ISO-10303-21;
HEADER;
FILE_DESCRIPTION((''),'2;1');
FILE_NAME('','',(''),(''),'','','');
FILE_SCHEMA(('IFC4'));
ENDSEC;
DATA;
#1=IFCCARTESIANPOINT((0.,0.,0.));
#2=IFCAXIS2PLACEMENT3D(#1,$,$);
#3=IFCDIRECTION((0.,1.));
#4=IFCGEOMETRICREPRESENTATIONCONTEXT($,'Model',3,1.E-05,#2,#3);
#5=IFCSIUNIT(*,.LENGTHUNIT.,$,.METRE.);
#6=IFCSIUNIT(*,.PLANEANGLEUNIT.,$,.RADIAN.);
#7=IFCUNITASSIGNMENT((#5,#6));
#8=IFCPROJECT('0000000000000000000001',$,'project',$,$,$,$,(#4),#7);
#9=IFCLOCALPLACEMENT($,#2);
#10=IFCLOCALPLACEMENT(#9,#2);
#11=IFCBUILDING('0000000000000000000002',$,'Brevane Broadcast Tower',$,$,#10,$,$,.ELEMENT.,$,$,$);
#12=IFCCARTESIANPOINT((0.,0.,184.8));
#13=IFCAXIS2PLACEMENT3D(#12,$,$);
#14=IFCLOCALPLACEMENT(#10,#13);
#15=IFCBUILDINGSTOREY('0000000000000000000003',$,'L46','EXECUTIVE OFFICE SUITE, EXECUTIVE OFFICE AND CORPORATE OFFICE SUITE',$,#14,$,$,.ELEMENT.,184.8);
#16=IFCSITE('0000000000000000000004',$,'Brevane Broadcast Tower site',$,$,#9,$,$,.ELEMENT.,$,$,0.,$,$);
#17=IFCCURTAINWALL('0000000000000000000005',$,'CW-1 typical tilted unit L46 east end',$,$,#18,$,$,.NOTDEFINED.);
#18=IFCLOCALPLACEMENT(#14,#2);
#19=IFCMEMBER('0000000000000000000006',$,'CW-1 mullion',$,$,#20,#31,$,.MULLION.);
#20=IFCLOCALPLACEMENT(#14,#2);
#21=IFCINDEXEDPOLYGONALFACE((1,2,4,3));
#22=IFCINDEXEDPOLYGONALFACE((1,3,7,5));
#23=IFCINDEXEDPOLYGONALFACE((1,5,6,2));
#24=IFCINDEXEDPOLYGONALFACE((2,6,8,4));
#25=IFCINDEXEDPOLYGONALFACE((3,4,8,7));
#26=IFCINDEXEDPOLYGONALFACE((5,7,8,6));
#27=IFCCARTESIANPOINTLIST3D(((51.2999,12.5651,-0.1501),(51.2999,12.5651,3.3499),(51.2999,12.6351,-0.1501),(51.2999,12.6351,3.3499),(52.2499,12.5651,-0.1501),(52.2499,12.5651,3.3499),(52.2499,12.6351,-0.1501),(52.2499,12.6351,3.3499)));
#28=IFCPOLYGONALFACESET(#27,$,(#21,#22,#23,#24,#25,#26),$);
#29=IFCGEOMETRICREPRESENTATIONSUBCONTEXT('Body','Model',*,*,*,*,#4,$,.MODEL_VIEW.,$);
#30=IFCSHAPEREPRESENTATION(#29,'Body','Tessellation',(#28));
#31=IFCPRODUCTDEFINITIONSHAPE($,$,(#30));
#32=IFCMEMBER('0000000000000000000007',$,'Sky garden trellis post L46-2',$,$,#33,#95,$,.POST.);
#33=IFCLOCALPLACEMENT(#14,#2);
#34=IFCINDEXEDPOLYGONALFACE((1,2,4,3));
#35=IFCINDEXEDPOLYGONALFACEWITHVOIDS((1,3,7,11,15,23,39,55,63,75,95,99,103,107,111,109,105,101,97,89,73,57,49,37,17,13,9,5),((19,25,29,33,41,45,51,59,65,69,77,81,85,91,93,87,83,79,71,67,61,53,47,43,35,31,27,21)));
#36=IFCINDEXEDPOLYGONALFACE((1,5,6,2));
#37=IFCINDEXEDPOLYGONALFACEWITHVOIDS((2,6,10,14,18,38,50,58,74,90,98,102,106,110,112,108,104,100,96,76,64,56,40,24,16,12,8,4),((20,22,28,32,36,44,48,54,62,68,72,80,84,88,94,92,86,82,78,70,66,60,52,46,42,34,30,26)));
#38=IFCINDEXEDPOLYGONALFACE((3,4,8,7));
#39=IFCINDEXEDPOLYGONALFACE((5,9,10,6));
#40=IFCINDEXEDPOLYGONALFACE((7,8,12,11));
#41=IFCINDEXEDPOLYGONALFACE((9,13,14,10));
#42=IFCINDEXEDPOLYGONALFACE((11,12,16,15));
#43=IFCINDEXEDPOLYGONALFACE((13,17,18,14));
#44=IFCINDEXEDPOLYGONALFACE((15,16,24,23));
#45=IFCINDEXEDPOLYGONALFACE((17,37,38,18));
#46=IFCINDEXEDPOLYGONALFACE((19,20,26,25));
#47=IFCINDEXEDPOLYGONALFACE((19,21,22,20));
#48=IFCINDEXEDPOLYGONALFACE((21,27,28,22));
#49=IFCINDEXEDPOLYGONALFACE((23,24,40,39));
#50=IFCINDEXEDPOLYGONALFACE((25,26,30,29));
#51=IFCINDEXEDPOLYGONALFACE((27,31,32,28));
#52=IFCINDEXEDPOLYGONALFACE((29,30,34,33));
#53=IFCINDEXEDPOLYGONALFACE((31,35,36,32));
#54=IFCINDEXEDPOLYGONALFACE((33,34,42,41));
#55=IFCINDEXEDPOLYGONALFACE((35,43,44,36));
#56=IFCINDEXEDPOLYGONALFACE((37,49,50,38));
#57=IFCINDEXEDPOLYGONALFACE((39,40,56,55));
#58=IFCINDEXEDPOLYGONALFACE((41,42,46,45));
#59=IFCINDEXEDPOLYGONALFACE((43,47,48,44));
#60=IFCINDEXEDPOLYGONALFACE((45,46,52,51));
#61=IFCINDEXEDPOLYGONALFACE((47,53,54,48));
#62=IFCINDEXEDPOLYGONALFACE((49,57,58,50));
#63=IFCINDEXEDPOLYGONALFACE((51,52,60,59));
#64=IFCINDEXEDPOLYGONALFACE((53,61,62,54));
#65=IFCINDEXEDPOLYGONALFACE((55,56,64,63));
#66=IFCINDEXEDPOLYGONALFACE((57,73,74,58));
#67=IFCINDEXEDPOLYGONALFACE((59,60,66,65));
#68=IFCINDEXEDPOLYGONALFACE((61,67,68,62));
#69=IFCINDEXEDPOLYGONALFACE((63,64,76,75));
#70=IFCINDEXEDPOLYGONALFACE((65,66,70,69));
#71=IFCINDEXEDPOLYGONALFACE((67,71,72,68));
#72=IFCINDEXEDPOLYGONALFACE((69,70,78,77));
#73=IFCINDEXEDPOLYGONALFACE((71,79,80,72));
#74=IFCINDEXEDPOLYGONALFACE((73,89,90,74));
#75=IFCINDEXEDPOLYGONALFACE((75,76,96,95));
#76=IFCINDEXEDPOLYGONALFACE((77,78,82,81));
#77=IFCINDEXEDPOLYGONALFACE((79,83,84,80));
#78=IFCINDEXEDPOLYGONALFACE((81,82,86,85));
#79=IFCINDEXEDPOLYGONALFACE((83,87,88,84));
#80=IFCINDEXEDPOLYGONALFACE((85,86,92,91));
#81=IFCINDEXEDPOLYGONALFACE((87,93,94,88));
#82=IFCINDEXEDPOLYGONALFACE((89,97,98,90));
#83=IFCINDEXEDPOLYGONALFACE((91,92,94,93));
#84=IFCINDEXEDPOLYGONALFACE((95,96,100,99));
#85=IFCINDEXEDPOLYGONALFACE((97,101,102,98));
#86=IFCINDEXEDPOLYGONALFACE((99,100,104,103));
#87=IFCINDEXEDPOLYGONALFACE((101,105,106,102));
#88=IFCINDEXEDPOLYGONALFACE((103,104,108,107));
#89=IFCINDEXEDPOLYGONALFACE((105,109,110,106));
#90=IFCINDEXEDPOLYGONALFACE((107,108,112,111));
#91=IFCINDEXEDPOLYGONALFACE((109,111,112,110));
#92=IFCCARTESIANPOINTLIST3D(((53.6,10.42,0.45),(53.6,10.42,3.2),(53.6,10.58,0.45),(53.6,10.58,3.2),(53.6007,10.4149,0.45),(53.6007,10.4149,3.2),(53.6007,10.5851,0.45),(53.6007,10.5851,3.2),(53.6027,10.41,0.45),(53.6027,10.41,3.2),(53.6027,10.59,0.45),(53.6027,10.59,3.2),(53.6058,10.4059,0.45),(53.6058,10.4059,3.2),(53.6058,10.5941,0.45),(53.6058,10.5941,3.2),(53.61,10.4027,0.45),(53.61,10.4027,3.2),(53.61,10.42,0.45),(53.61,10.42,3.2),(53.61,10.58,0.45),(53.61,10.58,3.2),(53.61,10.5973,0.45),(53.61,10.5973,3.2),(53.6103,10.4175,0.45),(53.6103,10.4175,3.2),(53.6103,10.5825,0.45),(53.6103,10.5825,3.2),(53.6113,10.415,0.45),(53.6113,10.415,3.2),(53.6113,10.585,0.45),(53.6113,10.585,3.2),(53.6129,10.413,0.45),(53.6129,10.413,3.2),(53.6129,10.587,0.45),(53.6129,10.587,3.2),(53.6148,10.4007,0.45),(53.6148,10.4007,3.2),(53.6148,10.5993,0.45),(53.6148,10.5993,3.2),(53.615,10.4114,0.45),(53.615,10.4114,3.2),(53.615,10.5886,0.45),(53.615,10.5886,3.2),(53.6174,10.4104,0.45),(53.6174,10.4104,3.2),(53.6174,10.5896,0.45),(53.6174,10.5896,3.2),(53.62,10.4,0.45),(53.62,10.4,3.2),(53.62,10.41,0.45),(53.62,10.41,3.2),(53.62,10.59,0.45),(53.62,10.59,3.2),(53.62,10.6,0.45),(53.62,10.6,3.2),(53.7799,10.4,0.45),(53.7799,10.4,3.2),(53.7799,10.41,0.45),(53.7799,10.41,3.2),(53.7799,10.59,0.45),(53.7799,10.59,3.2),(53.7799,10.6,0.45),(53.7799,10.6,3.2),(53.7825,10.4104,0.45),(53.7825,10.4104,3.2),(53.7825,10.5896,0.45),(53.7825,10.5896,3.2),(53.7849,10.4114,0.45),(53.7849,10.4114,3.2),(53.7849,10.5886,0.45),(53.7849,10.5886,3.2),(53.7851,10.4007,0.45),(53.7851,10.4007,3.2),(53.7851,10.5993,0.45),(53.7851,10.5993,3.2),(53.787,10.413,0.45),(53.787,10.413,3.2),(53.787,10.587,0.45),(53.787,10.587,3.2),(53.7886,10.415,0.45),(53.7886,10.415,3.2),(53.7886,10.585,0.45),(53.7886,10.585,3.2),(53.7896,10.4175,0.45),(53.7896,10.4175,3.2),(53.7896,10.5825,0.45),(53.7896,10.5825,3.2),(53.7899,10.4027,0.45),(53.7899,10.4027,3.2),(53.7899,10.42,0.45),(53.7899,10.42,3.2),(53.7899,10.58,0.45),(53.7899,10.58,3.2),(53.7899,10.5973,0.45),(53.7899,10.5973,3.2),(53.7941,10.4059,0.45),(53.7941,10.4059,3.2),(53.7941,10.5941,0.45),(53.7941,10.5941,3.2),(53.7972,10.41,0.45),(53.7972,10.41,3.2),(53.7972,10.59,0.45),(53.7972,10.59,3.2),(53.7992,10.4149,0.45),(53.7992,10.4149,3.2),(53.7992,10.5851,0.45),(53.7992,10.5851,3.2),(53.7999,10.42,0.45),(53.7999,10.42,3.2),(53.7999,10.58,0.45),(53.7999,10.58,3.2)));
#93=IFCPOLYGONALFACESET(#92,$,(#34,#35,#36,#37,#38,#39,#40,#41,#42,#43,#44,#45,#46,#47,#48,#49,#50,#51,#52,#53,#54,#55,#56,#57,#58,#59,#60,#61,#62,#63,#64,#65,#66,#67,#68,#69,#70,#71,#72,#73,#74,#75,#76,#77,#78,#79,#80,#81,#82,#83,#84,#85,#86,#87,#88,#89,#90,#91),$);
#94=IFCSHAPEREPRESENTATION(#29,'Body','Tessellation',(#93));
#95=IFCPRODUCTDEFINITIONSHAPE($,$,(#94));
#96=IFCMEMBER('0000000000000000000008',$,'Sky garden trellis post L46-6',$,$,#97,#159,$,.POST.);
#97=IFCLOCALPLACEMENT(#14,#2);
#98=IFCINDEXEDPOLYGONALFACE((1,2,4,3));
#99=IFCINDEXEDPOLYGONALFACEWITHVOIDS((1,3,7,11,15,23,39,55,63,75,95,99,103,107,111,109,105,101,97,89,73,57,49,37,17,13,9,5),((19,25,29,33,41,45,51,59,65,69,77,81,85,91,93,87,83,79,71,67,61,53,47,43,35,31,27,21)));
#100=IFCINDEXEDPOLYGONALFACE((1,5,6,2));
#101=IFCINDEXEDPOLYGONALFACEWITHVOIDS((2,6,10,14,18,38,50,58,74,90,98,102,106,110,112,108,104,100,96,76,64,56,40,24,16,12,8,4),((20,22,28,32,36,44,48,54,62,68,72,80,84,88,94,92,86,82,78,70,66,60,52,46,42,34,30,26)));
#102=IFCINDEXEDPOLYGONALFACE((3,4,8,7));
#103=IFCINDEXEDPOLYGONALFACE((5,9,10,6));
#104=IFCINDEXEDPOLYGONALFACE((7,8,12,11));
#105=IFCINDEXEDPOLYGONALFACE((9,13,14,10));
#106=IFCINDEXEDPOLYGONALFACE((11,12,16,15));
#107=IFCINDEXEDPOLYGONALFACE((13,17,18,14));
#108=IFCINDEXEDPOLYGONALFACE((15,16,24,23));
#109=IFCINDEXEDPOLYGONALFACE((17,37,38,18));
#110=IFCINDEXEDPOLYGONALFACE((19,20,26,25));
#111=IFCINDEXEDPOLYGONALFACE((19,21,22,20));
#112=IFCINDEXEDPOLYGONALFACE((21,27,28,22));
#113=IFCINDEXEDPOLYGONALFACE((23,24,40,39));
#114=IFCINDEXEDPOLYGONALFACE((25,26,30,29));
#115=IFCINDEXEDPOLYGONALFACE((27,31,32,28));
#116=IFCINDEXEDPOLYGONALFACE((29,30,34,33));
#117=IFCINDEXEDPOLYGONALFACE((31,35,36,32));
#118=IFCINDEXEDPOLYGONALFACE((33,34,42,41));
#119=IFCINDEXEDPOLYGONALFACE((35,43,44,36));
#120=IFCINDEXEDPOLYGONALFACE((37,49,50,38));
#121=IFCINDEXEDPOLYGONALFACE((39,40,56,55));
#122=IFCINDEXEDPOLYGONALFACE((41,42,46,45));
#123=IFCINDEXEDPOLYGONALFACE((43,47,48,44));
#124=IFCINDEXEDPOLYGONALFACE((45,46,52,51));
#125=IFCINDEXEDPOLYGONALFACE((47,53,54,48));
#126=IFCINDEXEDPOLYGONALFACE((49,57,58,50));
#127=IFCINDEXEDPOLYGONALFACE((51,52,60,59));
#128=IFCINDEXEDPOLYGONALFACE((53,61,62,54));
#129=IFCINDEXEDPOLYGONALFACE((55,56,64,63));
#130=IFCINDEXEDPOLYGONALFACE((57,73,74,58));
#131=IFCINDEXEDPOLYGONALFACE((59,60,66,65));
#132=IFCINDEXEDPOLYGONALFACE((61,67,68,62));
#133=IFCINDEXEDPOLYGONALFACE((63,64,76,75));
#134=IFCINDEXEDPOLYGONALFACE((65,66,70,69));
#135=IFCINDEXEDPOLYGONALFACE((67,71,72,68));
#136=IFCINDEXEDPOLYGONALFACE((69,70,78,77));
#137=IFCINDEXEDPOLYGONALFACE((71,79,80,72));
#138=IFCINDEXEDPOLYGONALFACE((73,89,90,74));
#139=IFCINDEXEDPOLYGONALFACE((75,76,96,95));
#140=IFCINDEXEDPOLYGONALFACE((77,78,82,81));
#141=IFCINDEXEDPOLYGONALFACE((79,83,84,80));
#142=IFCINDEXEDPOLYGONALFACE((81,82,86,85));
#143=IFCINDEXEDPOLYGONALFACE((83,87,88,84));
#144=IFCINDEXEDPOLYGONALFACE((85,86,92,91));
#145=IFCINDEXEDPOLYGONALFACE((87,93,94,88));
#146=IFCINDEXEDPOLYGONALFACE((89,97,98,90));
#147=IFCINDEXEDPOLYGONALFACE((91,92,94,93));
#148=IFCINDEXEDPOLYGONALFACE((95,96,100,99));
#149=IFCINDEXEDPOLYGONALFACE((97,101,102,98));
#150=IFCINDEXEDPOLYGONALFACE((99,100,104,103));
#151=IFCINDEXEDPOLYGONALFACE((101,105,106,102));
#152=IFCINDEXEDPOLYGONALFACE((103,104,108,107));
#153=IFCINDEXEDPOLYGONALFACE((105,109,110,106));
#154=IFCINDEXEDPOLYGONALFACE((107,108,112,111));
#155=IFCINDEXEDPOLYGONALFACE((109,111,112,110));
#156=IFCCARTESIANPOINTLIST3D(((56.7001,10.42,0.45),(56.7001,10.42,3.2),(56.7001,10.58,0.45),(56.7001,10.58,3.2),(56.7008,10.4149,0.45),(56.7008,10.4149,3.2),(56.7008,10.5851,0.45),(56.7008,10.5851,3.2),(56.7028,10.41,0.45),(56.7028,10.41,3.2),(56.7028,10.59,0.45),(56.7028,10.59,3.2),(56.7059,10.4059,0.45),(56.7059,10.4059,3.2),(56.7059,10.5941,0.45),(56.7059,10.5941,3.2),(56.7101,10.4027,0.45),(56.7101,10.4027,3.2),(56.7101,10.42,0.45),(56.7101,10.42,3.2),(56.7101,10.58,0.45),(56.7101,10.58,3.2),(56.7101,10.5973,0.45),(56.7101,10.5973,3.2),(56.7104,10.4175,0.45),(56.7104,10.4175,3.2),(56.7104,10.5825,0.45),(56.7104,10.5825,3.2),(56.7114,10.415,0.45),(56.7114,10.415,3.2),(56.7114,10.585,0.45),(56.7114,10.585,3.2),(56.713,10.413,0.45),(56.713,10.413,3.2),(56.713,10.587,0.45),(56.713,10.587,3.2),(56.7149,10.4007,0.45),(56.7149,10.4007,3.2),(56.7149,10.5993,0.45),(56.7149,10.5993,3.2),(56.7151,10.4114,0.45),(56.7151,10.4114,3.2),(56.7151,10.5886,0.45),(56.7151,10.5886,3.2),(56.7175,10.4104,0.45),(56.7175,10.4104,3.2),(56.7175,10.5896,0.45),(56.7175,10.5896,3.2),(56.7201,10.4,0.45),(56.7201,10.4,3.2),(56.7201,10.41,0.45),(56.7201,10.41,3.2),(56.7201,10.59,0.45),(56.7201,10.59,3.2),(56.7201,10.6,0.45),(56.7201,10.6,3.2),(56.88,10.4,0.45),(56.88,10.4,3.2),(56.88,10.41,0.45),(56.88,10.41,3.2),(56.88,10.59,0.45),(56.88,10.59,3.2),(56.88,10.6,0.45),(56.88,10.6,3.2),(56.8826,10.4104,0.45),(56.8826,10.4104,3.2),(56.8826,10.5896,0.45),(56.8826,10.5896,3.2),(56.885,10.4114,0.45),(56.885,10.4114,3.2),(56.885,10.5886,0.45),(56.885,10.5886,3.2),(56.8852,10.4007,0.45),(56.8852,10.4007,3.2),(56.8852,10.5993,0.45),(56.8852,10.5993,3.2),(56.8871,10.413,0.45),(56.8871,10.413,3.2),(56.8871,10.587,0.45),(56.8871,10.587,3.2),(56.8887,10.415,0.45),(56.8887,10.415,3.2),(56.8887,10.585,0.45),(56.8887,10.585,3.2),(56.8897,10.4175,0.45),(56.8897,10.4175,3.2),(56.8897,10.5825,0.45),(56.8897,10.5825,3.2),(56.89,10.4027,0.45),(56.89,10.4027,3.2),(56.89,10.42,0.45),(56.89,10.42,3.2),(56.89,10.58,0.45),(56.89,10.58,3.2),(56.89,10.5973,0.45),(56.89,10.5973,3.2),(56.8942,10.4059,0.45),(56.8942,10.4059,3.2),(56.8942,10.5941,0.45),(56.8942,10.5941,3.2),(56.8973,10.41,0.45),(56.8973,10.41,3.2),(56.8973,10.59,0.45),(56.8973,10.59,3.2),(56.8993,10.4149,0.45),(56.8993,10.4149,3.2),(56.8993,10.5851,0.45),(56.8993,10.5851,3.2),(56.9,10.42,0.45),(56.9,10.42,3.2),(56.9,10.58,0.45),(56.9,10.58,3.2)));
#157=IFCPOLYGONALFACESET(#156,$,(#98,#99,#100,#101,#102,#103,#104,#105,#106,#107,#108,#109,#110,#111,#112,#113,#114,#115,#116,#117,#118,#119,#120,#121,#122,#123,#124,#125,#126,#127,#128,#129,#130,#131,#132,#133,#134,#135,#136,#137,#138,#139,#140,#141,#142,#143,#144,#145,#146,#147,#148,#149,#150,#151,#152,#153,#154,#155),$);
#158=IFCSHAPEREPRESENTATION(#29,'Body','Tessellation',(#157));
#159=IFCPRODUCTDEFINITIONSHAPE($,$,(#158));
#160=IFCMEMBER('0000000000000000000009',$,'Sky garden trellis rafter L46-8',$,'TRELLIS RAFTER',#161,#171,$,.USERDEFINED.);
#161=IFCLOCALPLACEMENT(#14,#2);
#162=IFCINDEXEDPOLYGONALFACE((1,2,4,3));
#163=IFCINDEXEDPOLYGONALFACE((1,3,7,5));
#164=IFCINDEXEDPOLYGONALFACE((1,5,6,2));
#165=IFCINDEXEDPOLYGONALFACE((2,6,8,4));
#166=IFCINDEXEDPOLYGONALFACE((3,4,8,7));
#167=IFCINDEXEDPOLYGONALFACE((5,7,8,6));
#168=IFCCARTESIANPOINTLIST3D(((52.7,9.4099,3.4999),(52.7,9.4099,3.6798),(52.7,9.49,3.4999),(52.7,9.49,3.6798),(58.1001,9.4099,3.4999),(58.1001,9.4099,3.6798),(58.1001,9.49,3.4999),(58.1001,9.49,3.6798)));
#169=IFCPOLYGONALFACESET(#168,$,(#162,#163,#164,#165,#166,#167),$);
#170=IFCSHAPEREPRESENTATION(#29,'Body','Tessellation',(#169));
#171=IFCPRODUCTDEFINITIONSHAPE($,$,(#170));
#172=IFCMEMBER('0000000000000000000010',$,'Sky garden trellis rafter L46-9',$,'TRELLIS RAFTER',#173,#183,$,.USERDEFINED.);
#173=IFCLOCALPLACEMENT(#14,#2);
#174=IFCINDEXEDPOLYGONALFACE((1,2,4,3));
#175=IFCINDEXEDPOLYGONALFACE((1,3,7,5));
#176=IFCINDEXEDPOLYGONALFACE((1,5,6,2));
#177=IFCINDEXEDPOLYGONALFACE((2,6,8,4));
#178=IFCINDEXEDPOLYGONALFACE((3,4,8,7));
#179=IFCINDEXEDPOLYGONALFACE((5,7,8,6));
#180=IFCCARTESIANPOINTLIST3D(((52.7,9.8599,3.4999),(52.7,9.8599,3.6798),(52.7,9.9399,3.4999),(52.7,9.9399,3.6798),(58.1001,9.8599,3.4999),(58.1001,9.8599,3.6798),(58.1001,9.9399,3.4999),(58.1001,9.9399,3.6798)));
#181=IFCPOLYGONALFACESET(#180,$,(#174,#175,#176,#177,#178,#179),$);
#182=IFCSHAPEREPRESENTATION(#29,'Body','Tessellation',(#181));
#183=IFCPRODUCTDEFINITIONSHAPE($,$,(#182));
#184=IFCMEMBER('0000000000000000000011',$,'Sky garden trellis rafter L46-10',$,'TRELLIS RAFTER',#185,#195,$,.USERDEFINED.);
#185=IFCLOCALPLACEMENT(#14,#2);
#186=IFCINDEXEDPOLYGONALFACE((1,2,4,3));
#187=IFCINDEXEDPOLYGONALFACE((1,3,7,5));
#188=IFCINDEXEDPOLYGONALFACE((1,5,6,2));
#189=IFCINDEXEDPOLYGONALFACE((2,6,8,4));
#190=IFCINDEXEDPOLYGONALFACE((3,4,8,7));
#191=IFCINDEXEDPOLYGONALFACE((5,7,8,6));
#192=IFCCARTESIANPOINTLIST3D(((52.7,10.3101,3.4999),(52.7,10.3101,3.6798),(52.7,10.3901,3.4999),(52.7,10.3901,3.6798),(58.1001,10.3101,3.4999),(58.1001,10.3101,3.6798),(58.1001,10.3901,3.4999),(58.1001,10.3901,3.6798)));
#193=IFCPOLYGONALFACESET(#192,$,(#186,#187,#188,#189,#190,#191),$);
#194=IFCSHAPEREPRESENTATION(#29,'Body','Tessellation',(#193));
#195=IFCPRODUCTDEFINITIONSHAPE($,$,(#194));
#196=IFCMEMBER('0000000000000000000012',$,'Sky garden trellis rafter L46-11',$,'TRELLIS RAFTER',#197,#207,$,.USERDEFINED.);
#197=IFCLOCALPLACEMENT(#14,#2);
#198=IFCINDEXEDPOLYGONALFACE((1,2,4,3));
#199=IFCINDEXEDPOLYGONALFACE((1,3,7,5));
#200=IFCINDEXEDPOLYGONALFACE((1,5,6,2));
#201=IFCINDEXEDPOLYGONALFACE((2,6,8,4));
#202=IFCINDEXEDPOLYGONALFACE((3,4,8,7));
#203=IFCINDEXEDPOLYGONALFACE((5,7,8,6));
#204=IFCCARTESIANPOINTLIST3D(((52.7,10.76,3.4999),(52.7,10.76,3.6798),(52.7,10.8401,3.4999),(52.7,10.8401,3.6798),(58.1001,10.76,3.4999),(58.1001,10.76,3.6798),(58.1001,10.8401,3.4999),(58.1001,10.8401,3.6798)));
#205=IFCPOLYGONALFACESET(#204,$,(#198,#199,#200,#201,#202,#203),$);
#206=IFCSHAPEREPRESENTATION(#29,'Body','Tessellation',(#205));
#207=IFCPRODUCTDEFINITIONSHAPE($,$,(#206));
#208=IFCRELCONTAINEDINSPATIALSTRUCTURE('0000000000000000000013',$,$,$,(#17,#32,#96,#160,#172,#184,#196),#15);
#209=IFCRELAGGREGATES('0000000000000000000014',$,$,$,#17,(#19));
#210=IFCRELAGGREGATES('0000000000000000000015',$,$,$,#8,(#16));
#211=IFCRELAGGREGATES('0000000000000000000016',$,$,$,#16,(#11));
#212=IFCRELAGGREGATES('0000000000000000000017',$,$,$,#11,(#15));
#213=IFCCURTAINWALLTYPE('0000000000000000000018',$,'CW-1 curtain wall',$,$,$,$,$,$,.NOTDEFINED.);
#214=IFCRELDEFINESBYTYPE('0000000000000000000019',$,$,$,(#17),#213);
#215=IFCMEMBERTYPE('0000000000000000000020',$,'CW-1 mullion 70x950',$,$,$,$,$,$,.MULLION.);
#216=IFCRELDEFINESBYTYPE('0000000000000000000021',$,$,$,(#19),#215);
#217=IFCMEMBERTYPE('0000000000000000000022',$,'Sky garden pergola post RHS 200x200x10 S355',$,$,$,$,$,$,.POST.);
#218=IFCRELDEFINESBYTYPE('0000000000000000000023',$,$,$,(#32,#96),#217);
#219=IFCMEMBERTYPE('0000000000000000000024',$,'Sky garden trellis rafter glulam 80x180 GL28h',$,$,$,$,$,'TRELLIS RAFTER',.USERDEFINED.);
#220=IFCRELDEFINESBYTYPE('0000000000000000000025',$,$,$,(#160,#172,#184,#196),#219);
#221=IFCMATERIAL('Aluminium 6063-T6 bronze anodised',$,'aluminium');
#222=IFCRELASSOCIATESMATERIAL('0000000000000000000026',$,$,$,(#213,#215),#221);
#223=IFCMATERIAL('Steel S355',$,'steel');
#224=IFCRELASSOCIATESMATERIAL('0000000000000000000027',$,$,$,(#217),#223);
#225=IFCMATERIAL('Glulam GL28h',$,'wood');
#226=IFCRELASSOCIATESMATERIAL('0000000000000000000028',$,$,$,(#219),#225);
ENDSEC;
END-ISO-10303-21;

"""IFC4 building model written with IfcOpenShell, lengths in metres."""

from ifc_helpers import new_model, si_unit, direction, frame, origin, origin_2d, place, context, subcontext, project, spatial, rectangle, hollow_rectangle, extrude, material, material_profile, profile_set, type_object, element, aggregate, save


model = new_model("IFC4")

# Units and contexts
model_context = context("Model", 3, precision=1e-05, world=origin(), true_north=direction((0.0, 1.0)))
body_context = subcontext(model_context, "Body", "Model", "MODEL_VIEW")
ifc_project = project(units=[si_unit("LENGTHUNIT", "METRE"), si_unit("PLANEANGLEUNIT", "RADIAN")], contexts=[model_context])

# Site, building, storey
site_placement = place(None, origin())
site = spatial("IfcSite", under=ifc_project, at=site_placement, Name="Brevane Broadcast Tower site", CompositionType="ELEMENT", RefElevation=0.0)
building_placement = place(site_placement, origin())
building = spatial("IfcBuilding", under=site, at=building_placement, Name="Brevane Broadcast Tower", CompositionType="ELEMENT")
storey_placement = place(building_placement, frame((0.0, 0.0, 184.8)))
storey = spatial("IfcBuildingStorey", under=building, at=storey_placement, Name="L46", Description="EXECUTIVE OFFICE SUITE, EXECUTIVE OFFICE AND CORPORATE OFFICE SUITE", CompositionType="ELEMENT", Elevation=184.8)

# Curtain wall, member
ifc_material_1 = material(Name="Aluminium 6063-T6 bronze anodised", Category="aluminium")
curtain_wall_type = type_object("IfcCurtainWallType", Name="CW-1 curtain wall", PredefinedType="NOTDEFINED", material=ifc_material_1)
curtain_wall_placement = place(storey_placement, origin())
curtain_wall = element("IfcCurtainWall", 1, at=curtain_wall_placement, inside=storey, type_object=curtain_wall_type, Name="CW-1 typical tilted unit L46 east end", PredefinedType="NOTDEFINED")
ifc_material_profile_1 = material_profile(ifc_material_1, rectangle(XDim=0.95, YDim=0.0701, at=origin_2d()), Name="RECT 70x950")
ifc_profile_set_1 = profile_set([ifc_material_profile_1], Name="Aluminium 6063-T6 bronze anodised")
member_type_1 = type_object("IfcMemberType", Name="CW-1 mullion 70x950", PredefinedType="MULLION", material=ifc_profile_set_1)
member_placement = place(storey_placement, frame((51.7749, 12.6001, -0.1501), z_axis=(0.0, 0.0, 1.0), x_axis=(-1.0, 0.0, 0.0)))
member = element("IfcMember", 2, at=member_placement, type_object=member_type_1, Name="CW-1 mullion", PredefinedType="MULLION", context=body_context, shape_type="SweptSolid", body=[
    extrude(rectangle(XDim=0.95, YDim=0.0701, at=origin_2d()), origin(), (0.0, 0.0, 1.0), 3.5),
])
aggregate(curtain_wall, [member])

# Members
ifc_material_2 = material(Name="Steel S355", Category="steel")
ifc_material_profile_2 = material_profile(ifc_material_2, hollow_rectangle(XDim=0.2, YDim=0.2, WallThickness=0.01, InnerFilletRadius=0.01, OuterFilletRadius=0.02, at=origin_2d()), Name="RHS 200x200x10")
ifc_profile_set_2 = profile_set([ifc_material_profile_2], Name="Steel S355")
member_type_2 = type_object("IfcMemberType", Name="Sky garden pergola post RHS 200x200x10 S355", PredefinedType="POST", material=ifc_profile_set_2)
for number, where, z_axis, x_axis, name in (
    (3, (53.7, 10.5, 0.45), (0.0, 0.0, 1.0), (1.0, 0.0, 0.0), "Sky garden trellis post L46-2"),
    (4, (56.8, 10.5, 0.45), (0.0, 0.0, 1.0), (1.0, 0.0, 0.0), "Sky garden trellis post L46-6"),
):
    element("IfcMember", number, at=place(storey_placement, frame(where, z_axis=z_axis, x_axis=x_axis)), inside=storey, type_object=member_type_2, Name=name, PredefinedType="POST", context=body_context, shape_type="SweptSolid", body=[
        extrude(hollow_rectangle(XDim=0.2, YDim=0.2, WallThickness=0.01, InnerFilletRadius=0.01, OuterFilletRadius=0.02, at=origin_2d()), origin(), (0.0, 0.0, 1.0), 2.75),
    ])
ifc_material_3 = material(Name="Glulam GL28h", Category="wood")
ifc_material_profile_3 = material_profile(ifc_material_3, rectangle(XDim=0.0801, YDim=0.1799, at=origin_2d()), Name="RECT 80x180")
ifc_profile_set_3 = profile_set([ifc_material_profile_3], Name="Glulam GL28h")
member_type_3 = type_object("IfcMemberType", Name="Sky garden trellis rafter glulam 80x180 GL28h", ElementType="TRELLIS RAFTER", PredefinedType="USERDEFINED", material=ifc_profile_set_3)
for number, where, z_axis, x_axis, name in (
    (5, (52.7, 9.45, 3.5898), (1.0, 0.0, 0.0), (0.0, 1.0, 0.0), "Sky garden trellis rafter L46-8"),
    (6, (52.7, 9.8999, 3.5898), (1.0, 0.0, 0.0), (0.0, 1.0, 0.0), "Sky garden trellis rafter L46-9"),
    (7, (52.7, 10.3501, 3.5898), (1.0, 0.0, 0.0), (0.0, 1.0, 0.0), "Sky garden trellis rafter L46-10"),
    (8, (52.7, 10.8, 3.5898), (1.0, 0.0, 0.0), (0.0, 1.0, 0.0), "Sky garden trellis rafter L46-11"),
):
    element("IfcMember", number, at=place(storey_placement, frame(where, z_axis=z_axis, x_axis=x_axis)), inside=storey, type_object=member_type_3, Name=name, ObjectType="TRELLIS RAFTER", PredefinedType="USERDEFINED", context=body_context, shape_type="SweptSolid", body=[
        extrude(rectangle(XDim=0.0801, YDim=0.1799, at=origin_2d()), origin(), (0.0, 0.0, 1.0), 5.4001),
    ])

save(model, "model.ifc")
